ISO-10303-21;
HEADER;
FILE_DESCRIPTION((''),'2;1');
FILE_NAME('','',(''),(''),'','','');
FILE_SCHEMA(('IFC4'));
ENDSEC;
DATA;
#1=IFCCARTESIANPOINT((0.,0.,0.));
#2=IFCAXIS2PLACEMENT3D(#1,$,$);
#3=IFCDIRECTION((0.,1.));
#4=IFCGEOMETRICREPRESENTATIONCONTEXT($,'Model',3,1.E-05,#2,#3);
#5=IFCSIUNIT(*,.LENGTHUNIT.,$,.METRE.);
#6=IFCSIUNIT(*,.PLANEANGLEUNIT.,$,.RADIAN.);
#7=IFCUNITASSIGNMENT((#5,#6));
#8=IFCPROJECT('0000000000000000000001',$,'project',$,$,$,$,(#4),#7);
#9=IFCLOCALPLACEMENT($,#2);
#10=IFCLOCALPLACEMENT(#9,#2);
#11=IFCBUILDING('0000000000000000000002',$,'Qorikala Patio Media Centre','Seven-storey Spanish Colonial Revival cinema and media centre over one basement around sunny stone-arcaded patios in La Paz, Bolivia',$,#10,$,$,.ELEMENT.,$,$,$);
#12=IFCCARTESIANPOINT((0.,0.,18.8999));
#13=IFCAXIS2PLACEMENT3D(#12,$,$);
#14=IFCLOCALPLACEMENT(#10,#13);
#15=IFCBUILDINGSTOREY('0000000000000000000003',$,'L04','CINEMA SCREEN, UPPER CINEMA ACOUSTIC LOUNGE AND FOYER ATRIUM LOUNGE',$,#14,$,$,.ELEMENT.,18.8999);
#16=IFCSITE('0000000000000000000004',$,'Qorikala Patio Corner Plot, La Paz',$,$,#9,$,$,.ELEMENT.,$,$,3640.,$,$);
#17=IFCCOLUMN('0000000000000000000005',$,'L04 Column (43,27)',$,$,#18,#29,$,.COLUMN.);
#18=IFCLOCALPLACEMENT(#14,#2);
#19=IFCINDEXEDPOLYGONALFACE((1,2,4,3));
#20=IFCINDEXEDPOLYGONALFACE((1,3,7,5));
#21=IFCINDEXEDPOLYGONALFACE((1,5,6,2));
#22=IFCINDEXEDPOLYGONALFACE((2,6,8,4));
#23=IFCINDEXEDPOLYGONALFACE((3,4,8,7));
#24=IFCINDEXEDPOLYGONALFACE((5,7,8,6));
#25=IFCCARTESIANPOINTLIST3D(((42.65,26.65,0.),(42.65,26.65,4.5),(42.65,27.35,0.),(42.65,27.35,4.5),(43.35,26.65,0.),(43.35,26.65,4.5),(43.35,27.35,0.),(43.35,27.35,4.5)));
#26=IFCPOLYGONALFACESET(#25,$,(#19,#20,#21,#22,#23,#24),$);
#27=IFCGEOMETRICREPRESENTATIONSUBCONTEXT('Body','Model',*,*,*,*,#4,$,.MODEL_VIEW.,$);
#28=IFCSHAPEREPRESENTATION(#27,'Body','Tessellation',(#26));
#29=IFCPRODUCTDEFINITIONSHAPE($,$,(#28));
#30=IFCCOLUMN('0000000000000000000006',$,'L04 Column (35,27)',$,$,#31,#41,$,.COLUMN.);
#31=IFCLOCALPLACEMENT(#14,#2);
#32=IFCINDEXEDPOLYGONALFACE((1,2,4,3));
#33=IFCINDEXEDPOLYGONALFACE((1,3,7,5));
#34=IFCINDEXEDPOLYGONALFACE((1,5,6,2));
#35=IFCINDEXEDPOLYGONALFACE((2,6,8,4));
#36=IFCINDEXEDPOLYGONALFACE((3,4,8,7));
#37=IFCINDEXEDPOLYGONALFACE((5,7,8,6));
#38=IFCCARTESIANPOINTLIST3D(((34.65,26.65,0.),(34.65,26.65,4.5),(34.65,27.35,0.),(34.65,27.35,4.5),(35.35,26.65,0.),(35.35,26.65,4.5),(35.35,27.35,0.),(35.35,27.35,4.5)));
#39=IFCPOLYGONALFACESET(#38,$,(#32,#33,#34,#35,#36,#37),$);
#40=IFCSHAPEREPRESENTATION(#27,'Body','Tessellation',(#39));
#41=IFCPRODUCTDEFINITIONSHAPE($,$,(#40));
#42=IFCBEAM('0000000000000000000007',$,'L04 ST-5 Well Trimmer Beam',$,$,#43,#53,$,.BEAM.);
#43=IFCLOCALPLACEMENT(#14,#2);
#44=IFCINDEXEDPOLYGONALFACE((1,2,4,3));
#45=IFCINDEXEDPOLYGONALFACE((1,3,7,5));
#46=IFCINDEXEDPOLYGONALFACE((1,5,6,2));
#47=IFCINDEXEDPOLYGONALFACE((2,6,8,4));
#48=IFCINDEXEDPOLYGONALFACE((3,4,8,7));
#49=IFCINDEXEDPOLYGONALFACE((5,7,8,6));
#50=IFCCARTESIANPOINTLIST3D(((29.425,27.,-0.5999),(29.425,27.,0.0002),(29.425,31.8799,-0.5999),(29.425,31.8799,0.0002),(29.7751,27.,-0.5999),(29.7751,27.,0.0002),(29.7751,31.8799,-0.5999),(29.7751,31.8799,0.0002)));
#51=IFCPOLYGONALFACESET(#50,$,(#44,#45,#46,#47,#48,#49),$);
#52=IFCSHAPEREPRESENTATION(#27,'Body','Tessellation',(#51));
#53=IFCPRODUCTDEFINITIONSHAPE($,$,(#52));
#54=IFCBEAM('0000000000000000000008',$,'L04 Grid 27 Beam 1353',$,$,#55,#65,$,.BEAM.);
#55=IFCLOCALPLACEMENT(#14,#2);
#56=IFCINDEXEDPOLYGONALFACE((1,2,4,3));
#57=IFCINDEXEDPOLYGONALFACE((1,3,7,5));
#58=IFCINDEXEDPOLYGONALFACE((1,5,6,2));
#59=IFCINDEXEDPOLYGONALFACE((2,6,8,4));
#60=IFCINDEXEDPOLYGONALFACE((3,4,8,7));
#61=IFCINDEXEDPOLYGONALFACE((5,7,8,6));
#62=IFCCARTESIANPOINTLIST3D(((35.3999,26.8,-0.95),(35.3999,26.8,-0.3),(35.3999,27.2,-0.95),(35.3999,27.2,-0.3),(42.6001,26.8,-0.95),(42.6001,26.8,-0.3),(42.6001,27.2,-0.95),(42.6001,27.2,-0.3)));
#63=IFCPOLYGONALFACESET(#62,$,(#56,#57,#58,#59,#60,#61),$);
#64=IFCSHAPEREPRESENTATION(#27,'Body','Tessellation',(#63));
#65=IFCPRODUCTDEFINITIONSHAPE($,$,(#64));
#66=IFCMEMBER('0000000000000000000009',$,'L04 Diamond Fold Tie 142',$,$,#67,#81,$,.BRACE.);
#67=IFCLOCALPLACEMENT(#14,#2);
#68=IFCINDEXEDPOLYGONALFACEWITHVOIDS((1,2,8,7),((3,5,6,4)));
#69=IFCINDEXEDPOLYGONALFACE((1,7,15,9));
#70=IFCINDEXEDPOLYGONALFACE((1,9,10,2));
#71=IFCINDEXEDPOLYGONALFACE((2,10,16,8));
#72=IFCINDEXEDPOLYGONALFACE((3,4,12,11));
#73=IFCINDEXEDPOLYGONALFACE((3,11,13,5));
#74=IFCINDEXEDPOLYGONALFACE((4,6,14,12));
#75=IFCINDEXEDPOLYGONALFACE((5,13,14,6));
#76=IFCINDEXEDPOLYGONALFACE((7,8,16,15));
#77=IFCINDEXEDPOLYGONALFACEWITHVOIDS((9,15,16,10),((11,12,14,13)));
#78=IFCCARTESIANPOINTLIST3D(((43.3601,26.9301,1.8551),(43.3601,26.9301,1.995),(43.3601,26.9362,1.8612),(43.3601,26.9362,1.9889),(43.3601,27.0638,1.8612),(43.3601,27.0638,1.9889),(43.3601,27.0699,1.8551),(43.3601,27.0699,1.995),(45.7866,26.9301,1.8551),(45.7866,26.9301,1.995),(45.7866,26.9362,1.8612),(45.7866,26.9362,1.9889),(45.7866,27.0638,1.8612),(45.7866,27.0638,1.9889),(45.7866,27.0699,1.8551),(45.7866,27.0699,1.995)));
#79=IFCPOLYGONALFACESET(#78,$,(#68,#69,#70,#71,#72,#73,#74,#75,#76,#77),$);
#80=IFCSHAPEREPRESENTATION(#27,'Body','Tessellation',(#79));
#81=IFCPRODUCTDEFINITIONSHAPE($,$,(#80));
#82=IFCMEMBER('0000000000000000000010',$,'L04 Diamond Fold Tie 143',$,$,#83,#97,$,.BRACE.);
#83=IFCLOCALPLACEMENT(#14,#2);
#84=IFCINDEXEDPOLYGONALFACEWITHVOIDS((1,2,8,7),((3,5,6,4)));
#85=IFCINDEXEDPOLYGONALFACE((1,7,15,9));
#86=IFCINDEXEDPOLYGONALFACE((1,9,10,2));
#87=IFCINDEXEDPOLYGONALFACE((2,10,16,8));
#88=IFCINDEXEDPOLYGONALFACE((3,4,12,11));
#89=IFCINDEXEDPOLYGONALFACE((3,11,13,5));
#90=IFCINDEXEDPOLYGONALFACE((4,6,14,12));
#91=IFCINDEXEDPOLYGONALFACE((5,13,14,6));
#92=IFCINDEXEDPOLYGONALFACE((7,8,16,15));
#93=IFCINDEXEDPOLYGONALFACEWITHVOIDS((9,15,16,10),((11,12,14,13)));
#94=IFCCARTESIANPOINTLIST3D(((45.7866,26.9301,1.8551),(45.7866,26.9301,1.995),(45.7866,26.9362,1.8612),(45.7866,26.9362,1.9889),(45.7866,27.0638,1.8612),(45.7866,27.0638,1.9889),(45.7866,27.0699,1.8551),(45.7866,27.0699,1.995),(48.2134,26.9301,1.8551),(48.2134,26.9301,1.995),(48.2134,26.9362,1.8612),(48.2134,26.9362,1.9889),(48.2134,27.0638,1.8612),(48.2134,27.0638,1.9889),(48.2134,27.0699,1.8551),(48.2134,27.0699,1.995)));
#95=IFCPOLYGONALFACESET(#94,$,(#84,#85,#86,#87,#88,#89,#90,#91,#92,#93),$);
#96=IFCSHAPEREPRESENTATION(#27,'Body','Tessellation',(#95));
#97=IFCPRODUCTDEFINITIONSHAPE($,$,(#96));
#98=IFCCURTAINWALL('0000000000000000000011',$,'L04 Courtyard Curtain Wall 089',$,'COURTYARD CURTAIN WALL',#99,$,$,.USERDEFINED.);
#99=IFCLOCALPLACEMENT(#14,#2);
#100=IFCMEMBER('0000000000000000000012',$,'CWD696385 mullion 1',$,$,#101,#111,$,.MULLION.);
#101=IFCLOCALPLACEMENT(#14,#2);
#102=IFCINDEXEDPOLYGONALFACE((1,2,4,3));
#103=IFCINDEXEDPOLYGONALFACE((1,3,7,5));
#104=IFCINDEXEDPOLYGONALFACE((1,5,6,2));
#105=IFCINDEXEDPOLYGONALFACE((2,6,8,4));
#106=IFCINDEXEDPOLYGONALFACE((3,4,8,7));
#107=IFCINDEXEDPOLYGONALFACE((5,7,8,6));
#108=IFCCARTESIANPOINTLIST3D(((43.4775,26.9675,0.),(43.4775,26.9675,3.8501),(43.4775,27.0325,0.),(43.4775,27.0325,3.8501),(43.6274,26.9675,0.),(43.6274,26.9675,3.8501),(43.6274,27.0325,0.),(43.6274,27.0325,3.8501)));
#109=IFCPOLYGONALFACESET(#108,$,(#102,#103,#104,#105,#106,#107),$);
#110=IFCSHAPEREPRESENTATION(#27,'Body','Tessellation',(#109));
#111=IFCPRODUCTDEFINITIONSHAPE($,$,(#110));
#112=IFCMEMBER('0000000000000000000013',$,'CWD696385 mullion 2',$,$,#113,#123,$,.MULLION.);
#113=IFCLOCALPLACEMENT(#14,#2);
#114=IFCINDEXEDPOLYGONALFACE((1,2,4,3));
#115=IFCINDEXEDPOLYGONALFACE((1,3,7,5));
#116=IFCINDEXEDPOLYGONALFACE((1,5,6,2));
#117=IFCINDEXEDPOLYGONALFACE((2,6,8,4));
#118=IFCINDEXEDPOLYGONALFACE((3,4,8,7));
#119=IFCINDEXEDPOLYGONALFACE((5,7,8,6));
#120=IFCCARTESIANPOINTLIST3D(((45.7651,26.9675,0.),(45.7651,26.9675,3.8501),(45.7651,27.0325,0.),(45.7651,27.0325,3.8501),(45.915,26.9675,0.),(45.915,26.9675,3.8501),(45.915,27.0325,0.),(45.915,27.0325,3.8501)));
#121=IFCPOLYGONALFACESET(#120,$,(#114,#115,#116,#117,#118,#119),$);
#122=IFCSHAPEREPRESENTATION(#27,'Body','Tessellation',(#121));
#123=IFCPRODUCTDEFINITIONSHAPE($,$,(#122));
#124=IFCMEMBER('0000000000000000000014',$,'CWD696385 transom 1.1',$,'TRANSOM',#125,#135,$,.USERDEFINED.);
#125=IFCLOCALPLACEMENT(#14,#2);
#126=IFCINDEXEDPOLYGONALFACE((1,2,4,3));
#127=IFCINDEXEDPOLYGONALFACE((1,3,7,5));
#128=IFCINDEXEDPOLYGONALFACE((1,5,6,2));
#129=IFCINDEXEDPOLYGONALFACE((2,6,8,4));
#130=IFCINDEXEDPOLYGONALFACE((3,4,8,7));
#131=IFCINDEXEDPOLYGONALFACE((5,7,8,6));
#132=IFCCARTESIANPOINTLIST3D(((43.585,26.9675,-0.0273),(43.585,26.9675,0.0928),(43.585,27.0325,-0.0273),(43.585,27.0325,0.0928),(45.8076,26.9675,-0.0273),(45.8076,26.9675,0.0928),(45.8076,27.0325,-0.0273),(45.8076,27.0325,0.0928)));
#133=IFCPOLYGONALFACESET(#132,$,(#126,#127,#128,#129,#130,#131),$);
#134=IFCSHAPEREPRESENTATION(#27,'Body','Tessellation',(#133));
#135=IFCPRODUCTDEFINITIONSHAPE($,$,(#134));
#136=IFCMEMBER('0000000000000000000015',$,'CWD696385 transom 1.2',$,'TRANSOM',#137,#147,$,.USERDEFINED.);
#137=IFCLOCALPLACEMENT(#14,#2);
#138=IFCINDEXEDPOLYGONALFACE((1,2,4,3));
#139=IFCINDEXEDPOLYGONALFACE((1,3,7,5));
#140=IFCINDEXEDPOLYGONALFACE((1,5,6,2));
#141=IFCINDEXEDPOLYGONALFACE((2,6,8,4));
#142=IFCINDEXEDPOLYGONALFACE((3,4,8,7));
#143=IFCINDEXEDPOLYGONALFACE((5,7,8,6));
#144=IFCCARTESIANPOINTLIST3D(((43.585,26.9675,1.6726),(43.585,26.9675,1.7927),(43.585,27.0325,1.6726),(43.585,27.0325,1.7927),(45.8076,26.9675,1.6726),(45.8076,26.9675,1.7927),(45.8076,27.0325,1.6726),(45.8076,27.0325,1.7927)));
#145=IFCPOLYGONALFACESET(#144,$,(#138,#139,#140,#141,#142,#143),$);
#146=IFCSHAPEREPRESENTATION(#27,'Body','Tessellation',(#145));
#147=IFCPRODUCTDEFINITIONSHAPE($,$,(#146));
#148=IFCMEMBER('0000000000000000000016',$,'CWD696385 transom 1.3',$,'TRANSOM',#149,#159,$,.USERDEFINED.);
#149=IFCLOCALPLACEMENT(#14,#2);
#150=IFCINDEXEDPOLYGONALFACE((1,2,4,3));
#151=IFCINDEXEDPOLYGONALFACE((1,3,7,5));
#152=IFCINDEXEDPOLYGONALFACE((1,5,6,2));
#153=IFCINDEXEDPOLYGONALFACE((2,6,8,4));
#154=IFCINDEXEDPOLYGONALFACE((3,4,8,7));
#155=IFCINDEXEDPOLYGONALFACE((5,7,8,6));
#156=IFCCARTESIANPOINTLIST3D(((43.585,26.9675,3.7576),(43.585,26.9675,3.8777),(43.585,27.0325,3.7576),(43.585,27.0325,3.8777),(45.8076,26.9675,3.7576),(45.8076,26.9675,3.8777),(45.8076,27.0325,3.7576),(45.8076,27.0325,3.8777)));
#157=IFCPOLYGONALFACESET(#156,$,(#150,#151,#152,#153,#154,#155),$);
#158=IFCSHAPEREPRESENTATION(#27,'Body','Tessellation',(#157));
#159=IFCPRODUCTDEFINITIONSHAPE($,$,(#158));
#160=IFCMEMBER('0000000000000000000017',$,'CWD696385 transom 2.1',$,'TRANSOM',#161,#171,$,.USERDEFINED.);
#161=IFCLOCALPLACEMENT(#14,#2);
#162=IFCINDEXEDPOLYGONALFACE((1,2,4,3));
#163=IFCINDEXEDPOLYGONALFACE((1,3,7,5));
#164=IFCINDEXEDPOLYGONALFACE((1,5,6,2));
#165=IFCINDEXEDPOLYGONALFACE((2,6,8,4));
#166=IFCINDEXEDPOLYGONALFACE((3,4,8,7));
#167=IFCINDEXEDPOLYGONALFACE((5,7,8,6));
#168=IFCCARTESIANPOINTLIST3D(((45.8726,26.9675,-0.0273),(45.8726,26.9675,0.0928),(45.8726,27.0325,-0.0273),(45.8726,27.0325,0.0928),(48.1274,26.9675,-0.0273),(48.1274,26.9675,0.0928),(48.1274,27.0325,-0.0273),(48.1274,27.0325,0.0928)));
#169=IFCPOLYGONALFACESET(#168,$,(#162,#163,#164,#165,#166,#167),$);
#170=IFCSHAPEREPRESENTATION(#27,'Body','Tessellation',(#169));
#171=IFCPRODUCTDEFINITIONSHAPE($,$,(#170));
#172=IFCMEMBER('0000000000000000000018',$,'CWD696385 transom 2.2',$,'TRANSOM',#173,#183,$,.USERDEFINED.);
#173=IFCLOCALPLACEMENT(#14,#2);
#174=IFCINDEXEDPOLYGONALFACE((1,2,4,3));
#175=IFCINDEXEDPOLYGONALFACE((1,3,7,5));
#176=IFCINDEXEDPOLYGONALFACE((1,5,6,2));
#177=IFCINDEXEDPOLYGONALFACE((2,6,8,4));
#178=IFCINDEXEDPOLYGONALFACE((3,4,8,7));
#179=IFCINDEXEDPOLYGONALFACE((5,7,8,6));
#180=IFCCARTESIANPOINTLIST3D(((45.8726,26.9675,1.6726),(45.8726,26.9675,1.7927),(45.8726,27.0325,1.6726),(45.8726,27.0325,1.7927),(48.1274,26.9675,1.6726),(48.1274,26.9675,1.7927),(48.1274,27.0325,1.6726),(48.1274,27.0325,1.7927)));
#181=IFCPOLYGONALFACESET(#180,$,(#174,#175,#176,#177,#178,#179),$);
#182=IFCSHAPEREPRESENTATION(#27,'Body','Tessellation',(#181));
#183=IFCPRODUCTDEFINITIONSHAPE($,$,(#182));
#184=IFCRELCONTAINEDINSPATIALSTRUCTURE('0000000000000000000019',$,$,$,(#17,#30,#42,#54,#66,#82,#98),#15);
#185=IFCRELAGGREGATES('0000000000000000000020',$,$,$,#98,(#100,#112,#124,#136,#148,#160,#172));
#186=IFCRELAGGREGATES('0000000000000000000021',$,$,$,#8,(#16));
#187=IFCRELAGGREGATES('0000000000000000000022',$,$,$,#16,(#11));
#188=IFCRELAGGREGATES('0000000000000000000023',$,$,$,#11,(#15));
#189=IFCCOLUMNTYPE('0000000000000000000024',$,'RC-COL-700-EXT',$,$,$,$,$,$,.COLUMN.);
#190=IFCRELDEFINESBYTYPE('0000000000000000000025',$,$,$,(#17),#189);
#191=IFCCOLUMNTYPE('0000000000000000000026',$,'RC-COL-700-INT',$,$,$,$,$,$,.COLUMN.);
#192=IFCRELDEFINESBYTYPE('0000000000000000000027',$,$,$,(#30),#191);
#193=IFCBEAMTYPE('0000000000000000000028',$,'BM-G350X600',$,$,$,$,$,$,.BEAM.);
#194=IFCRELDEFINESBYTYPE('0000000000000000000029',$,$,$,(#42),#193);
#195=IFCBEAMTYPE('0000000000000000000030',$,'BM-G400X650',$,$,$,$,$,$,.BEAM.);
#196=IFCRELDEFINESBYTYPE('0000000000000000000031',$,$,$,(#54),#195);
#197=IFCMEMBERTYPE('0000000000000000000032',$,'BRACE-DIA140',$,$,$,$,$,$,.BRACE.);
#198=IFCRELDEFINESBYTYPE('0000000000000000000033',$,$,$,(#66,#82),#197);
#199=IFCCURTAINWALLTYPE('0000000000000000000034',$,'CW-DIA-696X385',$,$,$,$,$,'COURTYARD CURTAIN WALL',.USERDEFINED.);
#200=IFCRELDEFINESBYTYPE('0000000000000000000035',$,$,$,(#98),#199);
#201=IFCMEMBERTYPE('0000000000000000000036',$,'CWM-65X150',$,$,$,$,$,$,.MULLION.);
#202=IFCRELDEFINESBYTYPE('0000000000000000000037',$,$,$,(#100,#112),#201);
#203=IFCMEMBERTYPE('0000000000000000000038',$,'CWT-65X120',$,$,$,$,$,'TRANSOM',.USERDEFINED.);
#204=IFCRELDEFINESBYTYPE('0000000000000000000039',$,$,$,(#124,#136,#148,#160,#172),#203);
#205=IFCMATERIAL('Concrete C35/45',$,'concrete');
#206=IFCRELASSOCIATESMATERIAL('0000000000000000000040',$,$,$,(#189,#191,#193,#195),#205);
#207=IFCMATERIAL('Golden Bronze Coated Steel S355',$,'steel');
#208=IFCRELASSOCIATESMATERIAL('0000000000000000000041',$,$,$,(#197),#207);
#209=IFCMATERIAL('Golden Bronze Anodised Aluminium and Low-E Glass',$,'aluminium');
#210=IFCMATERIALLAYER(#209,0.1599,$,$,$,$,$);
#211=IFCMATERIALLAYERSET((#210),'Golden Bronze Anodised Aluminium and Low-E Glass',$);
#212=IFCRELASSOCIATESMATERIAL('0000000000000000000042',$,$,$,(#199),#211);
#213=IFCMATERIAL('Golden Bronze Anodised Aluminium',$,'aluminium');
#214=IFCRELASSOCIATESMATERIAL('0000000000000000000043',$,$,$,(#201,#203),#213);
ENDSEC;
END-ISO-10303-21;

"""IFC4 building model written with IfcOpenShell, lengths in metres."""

from ifc_helpers import new_model, si_unit, direction, frame, origin, origin_2d, place, context, subcontext, project, spatial, rectangle, hollow_rectangle, extrude, material, layer, layer_set, material_profile, profile_set, type_object, element, aggregate, save


model = new_model("IFC4")

# Units and contexts
model_context = context("Model", 3, precision=1e-05, world=origin(), true_north=direction((0.0, 1.0)))
body_context = subcontext(model_context, "Body", "Model", "MODEL_VIEW")
ifc_project = project(units=[si_unit("LENGTHUNIT", "METRE"), si_unit("PLANEANGLEUNIT", "RADIAN")], contexts=[model_context])

# Site, building, storey
site_placement = place(None, origin())
site = spatial("IfcSite", under=ifc_project, at=site_placement, Name="Qorikala Patio Corner Plot, La Paz", CompositionType="ELEMENT", RefElevation=3640.0)
building_placement = place(site_placement, origin())
building = spatial("IfcBuilding", under=site, at=building_placement, Name="Qorikala Patio Media Centre", Description="Seven-storey Spanish Colonial Revival cinema and media centre over one basement around sunny stone-arcaded patios in La Paz, Bolivia", CompositionType="ELEMENT")
storey_placement = place(building_placement, frame((0.0, 0.0, 18.8999)))
storey = spatial("IfcBuildingStorey", under=building, at=storey_placement, Name="L04", Description="CINEMA SCREEN, UPPER CINEMA ACOUSTIC LOUNGE AND FOYER ATRIUM LOUNGE", CompositionType="ELEMENT", Elevation=18.8999)

# Columns
ifc_material_1 = material(Name="Concrete C35/45", Category="concrete")
ifc_material_profile_1 = material_profile(ifc_material_1, rectangle(XDim=0.7, YDim=0.7, at=origin_2d()), Name="RC 700x700")
ifc_profile_set_1 = profile_set([ifc_material_profile_1], Name="Concrete C35/45")
column_type_1 = type_object("IfcColumnType", Name="RC-COL-700-EXT", PredefinedType="COLUMN", material=ifc_profile_set_1)
column_1_placement = place(storey_placement, frame((43.0, 27.0, 0.0), z_axis=(0.0, 0.0, 1.0), x_axis=(1.0, 0.0, 0.0)))
element("IfcColumn", 1, at=column_1_placement, inside=storey, type_object=column_type_1, Name="L04 Column (43,27)", PredefinedType="COLUMN", context=body_context, shape_type="SweptSolid", body=[
    extrude(rectangle(XDim=0.7, YDim=0.7, at=origin_2d()), origin(), (0.0, 0.0, 1.0), 4.5),
])
ifc_material_profile_2 = material_profile(ifc_material_1, rectangle(XDim=0.7, YDim=0.7, at=origin_2d()), Name="RC 700x700")
ifc_profile_set_2 = profile_set([ifc_material_profile_2], Name="Concrete C35/45")
column_type_2 = type_object("IfcColumnType", Name="RC-COL-700-INT", PredefinedType="COLUMN", material=ifc_profile_set_2)
column_2_placement = place(storey_placement, frame((35.0, 27.0, 0.0), z_axis=(0.0, 0.0, 1.0), x_axis=(1.0, 0.0, 0.0)))
element("IfcColumn", 2, at=column_2_placement, inside=storey, type_object=column_type_2, Name="L04 Column (35,27)", PredefinedType="COLUMN", context=body_context, shape_type="SweptSolid", body=[
    extrude(rectangle(XDim=0.7, YDim=0.7, at=origin_2d()), origin(), (0.0, 0.0, 1.0), 4.5),
])

# Beams
ifc_material_profile_3 = material_profile(ifc_material_1, rectangle(XDim=0.3501, YDim=0.6001, at=origin_2d()), Name="RC 350x600")
ifc_profile_set_3 = profile_set([ifc_material_profile_3], Name="Concrete C35/45")
beam_type_1 = type_object("IfcBeamType", Name="BM-G350X600", PredefinedType="BEAM", material=ifc_profile_set_3)
beam_1_placement = place(storey_placement, frame((29.6001, 27.0, -0.2998), z_axis=(0.0, 1.0, 0.0), x_axis=(-1.0, 0.0, 0.0)))
element("IfcBeam", 3, at=beam_1_placement, inside=storey, type_object=beam_type_1, Name="L04 ST-5 Well Trimmer Beam", PredefinedType="BEAM", context=body_context, shape_type="SweptSolid", body=[
    extrude(rectangle(XDim=0.3501, YDim=0.6001, at=origin_2d()), origin(), (0.0, 0.0, 1.0), 4.8799),
])
ifc_material_profile_4 = material_profile(ifc_material_1, rectangle(XDim=0.3999, YDim=0.6499, at=origin_2d()), Name="RC 400x650")
ifc_profile_set_4 = profile_set([ifc_material_profile_4], Name="Concrete C35/45")
beam_type_2 = type_object("IfcBeamType", Name="BM-G400X650", PredefinedType="BEAM", material=ifc_profile_set_4)
beam_2_placement = place(storey_placement, frame((35.3999, 27.0, -0.625), z_axis=(1.0, 0.0, 0.0), x_axis=(0.0, 1.0, 0.0)))
element("IfcBeam", 4, at=beam_2_placement, inside=storey, type_object=beam_type_2, Name="L04 Grid 27 Beam 1353", PredefinedType="BEAM", context=body_context, shape_type="SweptSolid", body=[
    extrude(rectangle(XDim=0.3999, YDim=0.6499, at=origin_2d()), origin(), (0.0, 0.0, 1.0), 7.2002),
])

# Members
ifc_material_2 = material(Name="Golden Bronze Coated Steel S355", Category="steel")
ifc_material_profile_5 = material_profile(ifc_material_2, hollow_rectangle(XDim=0.1399, YDim=0.1399, WallThickness=0.0061, at=origin_2d()), Name="HSS140X140X6")
ifc_profile_set_5 = profile_set([ifc_material_profile_5], Name="Golden Bronze Coated Steel S355")
member_type_1 = type_object("IfcMemberType", Name="BRACE-DIA140", PredefinedType="BRACE", material=ifc_profile_set_5)
member_1_placement = place(storey_placement, frame((43.3601, 27.0, 1.925), z_axis=(1.0, 0.0, 0.0), x_axis=(0.0, 1.0, 0.0)))
element("IfcMember", 5, at=member_1_placement, inside=storey, type_object=member_type_1, Name="L04 Diamond Fold Tie 142", PredefinedType="BRACE", context=body_context, shape_type="SweptSolid", body=[
    extrude(hollow_rectangle(XDim=0.1399, YDim=0.1399, WallThickness=0.0061, at=origin_2d()), origin(), (0.0, 0.0, 1.0), 2.4265),
])
member_2_placement = place(storey_placement, frame((45.7866, 27.0, 1.925), z_axis=(1.0, 0.0, 0.0), x_axis=(0.0, 1.0, 0.0)))
element("IfcMember", 6, at=member_2_placement, inside=storey, type_object=member_type_1, Name="L04 Diamond Fold Tie 143", PredefinedType="BRACE", context=body_context, shape_type="SweptSolid", body=[
    extrude(hollow_rectangle(XDim=0.1399, YDim=0.1399, WallThickness=0.0061, at=origin_2d()), origin(), (0.0, 0.0, 1.0), 2.4268),
])

# Curtain wall, members
ifc_material_3 = material(Name="Golden Bronze Anodised Aluminium and Low-E Glass", Category="aluminium")
ifc_layer_1 = layer(ifc_material_3, 0.1599)
ifc_layer_set_1 = layer_set([ifc_layer_1], Name="Golden Bronze Anodised Aluminium and Low-E Glass")
curtain_wall_type = type_object("IfcCurtainWallType", Name="CW-DIA-696X385", ElementType="COURTYARD CURTAIN WALL", PredefinedType="USERDEFINED", material=ifc_layer_set_1)
curtain_wall_placement = place(storey_placement, origin())
curtain_wall = element("IfcCurtainWall", 7, at=curtain_wall_placement, inside=storey, type_object=curtain_wall_type, Name="L04 Courtyard Curtain Wall 089", ObjectType="COURTYARD CURTAIN WALL", PredefinedType="USERDEFINED")
ifc_material_4 = material(Name="Golden Bronze Anodised Aluminium", Category="aluminium")
ifc_material_profile_6 = material_profile(ifc_material_4, rectangle(XDim=0.0649, YDim=0.1499, at=origin_2d()), Name="ALU MULLION 65x150")
ifc_profile_set_6 = profile_set([ifc_material_profile_6], Name="Golden Bronze Anodised Aluminium")
member_type_2 = type_object("IfcMemberType", Name="CWM-65X150", PredefinedType="MULLION", material=ifc_profile_set_6)
member_3_placement = place(storey_placement, frame((43.5525, 27.0, 0.0), z_axis=(0.0, 0.0, 1.0), x_axis=(0.0, 1.0, 0.0)))
member_3 = element("IfcMember", 8, at=member_3_placement, type_object=member_type_2, Name="CWD696385 mullion 1", PredefinedType="MULLION", context=body_context, shape_type="SweptSolid", body=[
    extrude(rectangle(XDim=0.0649, YDim=0.1499, at=origin_2d()), origin(), (0.0, 0.0, 1.0), 3.8501),
])
member_4_placement = place(storey_placement, frame((45.8401, 27.0, 0.0), z_axis=(0.0, 0.0, 1.0), x_axis=(0.0, 1.0, 0.0)))
member_4 = element("IfcMember", 9, at=member_4_placement, type_object=member_type_2, Name="CWD696385 mullion 2", PredefinedType="MULLION", context=body_context, shape_type="SweptSolid", body=[
    extrude(rectangle(XDim=0.0649, YDim=0.1499, at=origin_2d()), origin(), (0.0, 0.0, 1.0), 3.8501),
])
ifc_material_profile_7 = material_profile(ifc_material_4, rectangle(XDim=0.0649, YDim=0.1201, at=origin_2d()), Name="ALU TRANSOM 65x120")
ifc_profile_set_7 = profile_set([ifc_material_profile_7], Name="Golden Bronze Anodised Aluminium")
member_type_3 = type_object("IfcMemberType", Name="CWT-65X120", ElementType="TRANSOM", PredefinedType="USERDEFINED", material=ifc_profile_set_7)
member_5_placement = place(storey_placement, frame((43.585, 27.0, 0.0327), z_axis=(1.0, 0.0, 0.0), x_axis=(0.0, 1.0, 0.0)))
member_5 = element("IfcMember", 10, at=member_5_placement, type_object=member_type_3, Name="CWD696385 transom 1.1", ObjectType="TRANSOM", PredefinedType="USERDEFINED", context=body_context, shape_type="SweptSolid", body=[
    extrude(rectangle(XDim=0.0649, YDim=0.1201, at=origin_2d()), origin(), (0.0, 0.0, 1.0), 2.2227),
])
member_6_placement = place(storey_placement, frame((43.585, 27.0, 1.7327), z_axis=(1.0, 0.0, 0.0), x_axis=(0.0, 1.0, 0.0)))
member_6 = element("IfcMember", 11, at=member_6_placement, type_object=member_type_3, Name="CWD696385 transom 1.2", ObjectType="TRANSOM", PredefinedType="USERDEFINED", context=body_context, shape_type="SweptSolid", body=[
    extrude(rectangle(XDim=0.0649, YDim=0.1201, at=origin_2d()), origin(), (0.0, 0.0, 1.0), 2.2227),
])
member_7_placement = place(storey_placement, frame((43.585, 27.0, 3.8176), z_axis=(1.0, 0.0, 0.0), x_axis=(0.0, 1.0, 0.0)))
member_7 = element("IfcMember", 12, at=member_7_placement, type_object=member_type_3, Name="CWD696385 transom 1.3", ObjectType="TRANSOM", PredefinedType="USERDEFINED", context=body_context, shape_type="SweptSolid", body=[
    extrude(rectangle(XDim=0.0649, YDim=0.1201, at=origin_2d()), origin(), (0.0, 0.0, 1.0), 2.2227),
])
member_8_placement = place(storey_placement, frame((45.8726, 27.0, 0.0327), z_axis=(1.0, 0.0, 0.0), x_axis=(0.0, 1.0, 0.0)))
member_8 = element("IfcMember", 13, at=member_8_placement, type_object=member_type_3, Name="CWD696385 transom 2.1", ObjectType="TRANSOM", PredefinedType="USERDEFINED", context=body_context, shape_type="SweptSolid", body=[
    extrude(rectangle(XDim=0.0649, YDim=0.1201, at=origin_2d()), origin(), (0.0, 0.0, 1.0), 2.2549),
])
member_9_placement = place(storey_placement, frame((45.8726, 27.0, 1.7327), z_axis=(1.0, 0.0, 0.0), x_axis=(0.0, 1.0, 0.0)))
member_9 = element("IfcMember", 14, at=member_9_placement, type_object=member_type_3, Name="CWD696385 transom 2.2", ObjectType="TRANSOM", PredefinedType="USERDEFINED", context=body_context, shape_type="SweptSolid", body=[
    extrude(rectangle(XDim=0.0649, YDim=0.1201, at=origin_2d()), origin(), (0.0, 0.0, 1.0), 2.2549),
])

aggregate(curtain_wall, [member_3, member_4, member_5, member_6, member_7, member_8, member_9])

save(model, "model.ifc")
